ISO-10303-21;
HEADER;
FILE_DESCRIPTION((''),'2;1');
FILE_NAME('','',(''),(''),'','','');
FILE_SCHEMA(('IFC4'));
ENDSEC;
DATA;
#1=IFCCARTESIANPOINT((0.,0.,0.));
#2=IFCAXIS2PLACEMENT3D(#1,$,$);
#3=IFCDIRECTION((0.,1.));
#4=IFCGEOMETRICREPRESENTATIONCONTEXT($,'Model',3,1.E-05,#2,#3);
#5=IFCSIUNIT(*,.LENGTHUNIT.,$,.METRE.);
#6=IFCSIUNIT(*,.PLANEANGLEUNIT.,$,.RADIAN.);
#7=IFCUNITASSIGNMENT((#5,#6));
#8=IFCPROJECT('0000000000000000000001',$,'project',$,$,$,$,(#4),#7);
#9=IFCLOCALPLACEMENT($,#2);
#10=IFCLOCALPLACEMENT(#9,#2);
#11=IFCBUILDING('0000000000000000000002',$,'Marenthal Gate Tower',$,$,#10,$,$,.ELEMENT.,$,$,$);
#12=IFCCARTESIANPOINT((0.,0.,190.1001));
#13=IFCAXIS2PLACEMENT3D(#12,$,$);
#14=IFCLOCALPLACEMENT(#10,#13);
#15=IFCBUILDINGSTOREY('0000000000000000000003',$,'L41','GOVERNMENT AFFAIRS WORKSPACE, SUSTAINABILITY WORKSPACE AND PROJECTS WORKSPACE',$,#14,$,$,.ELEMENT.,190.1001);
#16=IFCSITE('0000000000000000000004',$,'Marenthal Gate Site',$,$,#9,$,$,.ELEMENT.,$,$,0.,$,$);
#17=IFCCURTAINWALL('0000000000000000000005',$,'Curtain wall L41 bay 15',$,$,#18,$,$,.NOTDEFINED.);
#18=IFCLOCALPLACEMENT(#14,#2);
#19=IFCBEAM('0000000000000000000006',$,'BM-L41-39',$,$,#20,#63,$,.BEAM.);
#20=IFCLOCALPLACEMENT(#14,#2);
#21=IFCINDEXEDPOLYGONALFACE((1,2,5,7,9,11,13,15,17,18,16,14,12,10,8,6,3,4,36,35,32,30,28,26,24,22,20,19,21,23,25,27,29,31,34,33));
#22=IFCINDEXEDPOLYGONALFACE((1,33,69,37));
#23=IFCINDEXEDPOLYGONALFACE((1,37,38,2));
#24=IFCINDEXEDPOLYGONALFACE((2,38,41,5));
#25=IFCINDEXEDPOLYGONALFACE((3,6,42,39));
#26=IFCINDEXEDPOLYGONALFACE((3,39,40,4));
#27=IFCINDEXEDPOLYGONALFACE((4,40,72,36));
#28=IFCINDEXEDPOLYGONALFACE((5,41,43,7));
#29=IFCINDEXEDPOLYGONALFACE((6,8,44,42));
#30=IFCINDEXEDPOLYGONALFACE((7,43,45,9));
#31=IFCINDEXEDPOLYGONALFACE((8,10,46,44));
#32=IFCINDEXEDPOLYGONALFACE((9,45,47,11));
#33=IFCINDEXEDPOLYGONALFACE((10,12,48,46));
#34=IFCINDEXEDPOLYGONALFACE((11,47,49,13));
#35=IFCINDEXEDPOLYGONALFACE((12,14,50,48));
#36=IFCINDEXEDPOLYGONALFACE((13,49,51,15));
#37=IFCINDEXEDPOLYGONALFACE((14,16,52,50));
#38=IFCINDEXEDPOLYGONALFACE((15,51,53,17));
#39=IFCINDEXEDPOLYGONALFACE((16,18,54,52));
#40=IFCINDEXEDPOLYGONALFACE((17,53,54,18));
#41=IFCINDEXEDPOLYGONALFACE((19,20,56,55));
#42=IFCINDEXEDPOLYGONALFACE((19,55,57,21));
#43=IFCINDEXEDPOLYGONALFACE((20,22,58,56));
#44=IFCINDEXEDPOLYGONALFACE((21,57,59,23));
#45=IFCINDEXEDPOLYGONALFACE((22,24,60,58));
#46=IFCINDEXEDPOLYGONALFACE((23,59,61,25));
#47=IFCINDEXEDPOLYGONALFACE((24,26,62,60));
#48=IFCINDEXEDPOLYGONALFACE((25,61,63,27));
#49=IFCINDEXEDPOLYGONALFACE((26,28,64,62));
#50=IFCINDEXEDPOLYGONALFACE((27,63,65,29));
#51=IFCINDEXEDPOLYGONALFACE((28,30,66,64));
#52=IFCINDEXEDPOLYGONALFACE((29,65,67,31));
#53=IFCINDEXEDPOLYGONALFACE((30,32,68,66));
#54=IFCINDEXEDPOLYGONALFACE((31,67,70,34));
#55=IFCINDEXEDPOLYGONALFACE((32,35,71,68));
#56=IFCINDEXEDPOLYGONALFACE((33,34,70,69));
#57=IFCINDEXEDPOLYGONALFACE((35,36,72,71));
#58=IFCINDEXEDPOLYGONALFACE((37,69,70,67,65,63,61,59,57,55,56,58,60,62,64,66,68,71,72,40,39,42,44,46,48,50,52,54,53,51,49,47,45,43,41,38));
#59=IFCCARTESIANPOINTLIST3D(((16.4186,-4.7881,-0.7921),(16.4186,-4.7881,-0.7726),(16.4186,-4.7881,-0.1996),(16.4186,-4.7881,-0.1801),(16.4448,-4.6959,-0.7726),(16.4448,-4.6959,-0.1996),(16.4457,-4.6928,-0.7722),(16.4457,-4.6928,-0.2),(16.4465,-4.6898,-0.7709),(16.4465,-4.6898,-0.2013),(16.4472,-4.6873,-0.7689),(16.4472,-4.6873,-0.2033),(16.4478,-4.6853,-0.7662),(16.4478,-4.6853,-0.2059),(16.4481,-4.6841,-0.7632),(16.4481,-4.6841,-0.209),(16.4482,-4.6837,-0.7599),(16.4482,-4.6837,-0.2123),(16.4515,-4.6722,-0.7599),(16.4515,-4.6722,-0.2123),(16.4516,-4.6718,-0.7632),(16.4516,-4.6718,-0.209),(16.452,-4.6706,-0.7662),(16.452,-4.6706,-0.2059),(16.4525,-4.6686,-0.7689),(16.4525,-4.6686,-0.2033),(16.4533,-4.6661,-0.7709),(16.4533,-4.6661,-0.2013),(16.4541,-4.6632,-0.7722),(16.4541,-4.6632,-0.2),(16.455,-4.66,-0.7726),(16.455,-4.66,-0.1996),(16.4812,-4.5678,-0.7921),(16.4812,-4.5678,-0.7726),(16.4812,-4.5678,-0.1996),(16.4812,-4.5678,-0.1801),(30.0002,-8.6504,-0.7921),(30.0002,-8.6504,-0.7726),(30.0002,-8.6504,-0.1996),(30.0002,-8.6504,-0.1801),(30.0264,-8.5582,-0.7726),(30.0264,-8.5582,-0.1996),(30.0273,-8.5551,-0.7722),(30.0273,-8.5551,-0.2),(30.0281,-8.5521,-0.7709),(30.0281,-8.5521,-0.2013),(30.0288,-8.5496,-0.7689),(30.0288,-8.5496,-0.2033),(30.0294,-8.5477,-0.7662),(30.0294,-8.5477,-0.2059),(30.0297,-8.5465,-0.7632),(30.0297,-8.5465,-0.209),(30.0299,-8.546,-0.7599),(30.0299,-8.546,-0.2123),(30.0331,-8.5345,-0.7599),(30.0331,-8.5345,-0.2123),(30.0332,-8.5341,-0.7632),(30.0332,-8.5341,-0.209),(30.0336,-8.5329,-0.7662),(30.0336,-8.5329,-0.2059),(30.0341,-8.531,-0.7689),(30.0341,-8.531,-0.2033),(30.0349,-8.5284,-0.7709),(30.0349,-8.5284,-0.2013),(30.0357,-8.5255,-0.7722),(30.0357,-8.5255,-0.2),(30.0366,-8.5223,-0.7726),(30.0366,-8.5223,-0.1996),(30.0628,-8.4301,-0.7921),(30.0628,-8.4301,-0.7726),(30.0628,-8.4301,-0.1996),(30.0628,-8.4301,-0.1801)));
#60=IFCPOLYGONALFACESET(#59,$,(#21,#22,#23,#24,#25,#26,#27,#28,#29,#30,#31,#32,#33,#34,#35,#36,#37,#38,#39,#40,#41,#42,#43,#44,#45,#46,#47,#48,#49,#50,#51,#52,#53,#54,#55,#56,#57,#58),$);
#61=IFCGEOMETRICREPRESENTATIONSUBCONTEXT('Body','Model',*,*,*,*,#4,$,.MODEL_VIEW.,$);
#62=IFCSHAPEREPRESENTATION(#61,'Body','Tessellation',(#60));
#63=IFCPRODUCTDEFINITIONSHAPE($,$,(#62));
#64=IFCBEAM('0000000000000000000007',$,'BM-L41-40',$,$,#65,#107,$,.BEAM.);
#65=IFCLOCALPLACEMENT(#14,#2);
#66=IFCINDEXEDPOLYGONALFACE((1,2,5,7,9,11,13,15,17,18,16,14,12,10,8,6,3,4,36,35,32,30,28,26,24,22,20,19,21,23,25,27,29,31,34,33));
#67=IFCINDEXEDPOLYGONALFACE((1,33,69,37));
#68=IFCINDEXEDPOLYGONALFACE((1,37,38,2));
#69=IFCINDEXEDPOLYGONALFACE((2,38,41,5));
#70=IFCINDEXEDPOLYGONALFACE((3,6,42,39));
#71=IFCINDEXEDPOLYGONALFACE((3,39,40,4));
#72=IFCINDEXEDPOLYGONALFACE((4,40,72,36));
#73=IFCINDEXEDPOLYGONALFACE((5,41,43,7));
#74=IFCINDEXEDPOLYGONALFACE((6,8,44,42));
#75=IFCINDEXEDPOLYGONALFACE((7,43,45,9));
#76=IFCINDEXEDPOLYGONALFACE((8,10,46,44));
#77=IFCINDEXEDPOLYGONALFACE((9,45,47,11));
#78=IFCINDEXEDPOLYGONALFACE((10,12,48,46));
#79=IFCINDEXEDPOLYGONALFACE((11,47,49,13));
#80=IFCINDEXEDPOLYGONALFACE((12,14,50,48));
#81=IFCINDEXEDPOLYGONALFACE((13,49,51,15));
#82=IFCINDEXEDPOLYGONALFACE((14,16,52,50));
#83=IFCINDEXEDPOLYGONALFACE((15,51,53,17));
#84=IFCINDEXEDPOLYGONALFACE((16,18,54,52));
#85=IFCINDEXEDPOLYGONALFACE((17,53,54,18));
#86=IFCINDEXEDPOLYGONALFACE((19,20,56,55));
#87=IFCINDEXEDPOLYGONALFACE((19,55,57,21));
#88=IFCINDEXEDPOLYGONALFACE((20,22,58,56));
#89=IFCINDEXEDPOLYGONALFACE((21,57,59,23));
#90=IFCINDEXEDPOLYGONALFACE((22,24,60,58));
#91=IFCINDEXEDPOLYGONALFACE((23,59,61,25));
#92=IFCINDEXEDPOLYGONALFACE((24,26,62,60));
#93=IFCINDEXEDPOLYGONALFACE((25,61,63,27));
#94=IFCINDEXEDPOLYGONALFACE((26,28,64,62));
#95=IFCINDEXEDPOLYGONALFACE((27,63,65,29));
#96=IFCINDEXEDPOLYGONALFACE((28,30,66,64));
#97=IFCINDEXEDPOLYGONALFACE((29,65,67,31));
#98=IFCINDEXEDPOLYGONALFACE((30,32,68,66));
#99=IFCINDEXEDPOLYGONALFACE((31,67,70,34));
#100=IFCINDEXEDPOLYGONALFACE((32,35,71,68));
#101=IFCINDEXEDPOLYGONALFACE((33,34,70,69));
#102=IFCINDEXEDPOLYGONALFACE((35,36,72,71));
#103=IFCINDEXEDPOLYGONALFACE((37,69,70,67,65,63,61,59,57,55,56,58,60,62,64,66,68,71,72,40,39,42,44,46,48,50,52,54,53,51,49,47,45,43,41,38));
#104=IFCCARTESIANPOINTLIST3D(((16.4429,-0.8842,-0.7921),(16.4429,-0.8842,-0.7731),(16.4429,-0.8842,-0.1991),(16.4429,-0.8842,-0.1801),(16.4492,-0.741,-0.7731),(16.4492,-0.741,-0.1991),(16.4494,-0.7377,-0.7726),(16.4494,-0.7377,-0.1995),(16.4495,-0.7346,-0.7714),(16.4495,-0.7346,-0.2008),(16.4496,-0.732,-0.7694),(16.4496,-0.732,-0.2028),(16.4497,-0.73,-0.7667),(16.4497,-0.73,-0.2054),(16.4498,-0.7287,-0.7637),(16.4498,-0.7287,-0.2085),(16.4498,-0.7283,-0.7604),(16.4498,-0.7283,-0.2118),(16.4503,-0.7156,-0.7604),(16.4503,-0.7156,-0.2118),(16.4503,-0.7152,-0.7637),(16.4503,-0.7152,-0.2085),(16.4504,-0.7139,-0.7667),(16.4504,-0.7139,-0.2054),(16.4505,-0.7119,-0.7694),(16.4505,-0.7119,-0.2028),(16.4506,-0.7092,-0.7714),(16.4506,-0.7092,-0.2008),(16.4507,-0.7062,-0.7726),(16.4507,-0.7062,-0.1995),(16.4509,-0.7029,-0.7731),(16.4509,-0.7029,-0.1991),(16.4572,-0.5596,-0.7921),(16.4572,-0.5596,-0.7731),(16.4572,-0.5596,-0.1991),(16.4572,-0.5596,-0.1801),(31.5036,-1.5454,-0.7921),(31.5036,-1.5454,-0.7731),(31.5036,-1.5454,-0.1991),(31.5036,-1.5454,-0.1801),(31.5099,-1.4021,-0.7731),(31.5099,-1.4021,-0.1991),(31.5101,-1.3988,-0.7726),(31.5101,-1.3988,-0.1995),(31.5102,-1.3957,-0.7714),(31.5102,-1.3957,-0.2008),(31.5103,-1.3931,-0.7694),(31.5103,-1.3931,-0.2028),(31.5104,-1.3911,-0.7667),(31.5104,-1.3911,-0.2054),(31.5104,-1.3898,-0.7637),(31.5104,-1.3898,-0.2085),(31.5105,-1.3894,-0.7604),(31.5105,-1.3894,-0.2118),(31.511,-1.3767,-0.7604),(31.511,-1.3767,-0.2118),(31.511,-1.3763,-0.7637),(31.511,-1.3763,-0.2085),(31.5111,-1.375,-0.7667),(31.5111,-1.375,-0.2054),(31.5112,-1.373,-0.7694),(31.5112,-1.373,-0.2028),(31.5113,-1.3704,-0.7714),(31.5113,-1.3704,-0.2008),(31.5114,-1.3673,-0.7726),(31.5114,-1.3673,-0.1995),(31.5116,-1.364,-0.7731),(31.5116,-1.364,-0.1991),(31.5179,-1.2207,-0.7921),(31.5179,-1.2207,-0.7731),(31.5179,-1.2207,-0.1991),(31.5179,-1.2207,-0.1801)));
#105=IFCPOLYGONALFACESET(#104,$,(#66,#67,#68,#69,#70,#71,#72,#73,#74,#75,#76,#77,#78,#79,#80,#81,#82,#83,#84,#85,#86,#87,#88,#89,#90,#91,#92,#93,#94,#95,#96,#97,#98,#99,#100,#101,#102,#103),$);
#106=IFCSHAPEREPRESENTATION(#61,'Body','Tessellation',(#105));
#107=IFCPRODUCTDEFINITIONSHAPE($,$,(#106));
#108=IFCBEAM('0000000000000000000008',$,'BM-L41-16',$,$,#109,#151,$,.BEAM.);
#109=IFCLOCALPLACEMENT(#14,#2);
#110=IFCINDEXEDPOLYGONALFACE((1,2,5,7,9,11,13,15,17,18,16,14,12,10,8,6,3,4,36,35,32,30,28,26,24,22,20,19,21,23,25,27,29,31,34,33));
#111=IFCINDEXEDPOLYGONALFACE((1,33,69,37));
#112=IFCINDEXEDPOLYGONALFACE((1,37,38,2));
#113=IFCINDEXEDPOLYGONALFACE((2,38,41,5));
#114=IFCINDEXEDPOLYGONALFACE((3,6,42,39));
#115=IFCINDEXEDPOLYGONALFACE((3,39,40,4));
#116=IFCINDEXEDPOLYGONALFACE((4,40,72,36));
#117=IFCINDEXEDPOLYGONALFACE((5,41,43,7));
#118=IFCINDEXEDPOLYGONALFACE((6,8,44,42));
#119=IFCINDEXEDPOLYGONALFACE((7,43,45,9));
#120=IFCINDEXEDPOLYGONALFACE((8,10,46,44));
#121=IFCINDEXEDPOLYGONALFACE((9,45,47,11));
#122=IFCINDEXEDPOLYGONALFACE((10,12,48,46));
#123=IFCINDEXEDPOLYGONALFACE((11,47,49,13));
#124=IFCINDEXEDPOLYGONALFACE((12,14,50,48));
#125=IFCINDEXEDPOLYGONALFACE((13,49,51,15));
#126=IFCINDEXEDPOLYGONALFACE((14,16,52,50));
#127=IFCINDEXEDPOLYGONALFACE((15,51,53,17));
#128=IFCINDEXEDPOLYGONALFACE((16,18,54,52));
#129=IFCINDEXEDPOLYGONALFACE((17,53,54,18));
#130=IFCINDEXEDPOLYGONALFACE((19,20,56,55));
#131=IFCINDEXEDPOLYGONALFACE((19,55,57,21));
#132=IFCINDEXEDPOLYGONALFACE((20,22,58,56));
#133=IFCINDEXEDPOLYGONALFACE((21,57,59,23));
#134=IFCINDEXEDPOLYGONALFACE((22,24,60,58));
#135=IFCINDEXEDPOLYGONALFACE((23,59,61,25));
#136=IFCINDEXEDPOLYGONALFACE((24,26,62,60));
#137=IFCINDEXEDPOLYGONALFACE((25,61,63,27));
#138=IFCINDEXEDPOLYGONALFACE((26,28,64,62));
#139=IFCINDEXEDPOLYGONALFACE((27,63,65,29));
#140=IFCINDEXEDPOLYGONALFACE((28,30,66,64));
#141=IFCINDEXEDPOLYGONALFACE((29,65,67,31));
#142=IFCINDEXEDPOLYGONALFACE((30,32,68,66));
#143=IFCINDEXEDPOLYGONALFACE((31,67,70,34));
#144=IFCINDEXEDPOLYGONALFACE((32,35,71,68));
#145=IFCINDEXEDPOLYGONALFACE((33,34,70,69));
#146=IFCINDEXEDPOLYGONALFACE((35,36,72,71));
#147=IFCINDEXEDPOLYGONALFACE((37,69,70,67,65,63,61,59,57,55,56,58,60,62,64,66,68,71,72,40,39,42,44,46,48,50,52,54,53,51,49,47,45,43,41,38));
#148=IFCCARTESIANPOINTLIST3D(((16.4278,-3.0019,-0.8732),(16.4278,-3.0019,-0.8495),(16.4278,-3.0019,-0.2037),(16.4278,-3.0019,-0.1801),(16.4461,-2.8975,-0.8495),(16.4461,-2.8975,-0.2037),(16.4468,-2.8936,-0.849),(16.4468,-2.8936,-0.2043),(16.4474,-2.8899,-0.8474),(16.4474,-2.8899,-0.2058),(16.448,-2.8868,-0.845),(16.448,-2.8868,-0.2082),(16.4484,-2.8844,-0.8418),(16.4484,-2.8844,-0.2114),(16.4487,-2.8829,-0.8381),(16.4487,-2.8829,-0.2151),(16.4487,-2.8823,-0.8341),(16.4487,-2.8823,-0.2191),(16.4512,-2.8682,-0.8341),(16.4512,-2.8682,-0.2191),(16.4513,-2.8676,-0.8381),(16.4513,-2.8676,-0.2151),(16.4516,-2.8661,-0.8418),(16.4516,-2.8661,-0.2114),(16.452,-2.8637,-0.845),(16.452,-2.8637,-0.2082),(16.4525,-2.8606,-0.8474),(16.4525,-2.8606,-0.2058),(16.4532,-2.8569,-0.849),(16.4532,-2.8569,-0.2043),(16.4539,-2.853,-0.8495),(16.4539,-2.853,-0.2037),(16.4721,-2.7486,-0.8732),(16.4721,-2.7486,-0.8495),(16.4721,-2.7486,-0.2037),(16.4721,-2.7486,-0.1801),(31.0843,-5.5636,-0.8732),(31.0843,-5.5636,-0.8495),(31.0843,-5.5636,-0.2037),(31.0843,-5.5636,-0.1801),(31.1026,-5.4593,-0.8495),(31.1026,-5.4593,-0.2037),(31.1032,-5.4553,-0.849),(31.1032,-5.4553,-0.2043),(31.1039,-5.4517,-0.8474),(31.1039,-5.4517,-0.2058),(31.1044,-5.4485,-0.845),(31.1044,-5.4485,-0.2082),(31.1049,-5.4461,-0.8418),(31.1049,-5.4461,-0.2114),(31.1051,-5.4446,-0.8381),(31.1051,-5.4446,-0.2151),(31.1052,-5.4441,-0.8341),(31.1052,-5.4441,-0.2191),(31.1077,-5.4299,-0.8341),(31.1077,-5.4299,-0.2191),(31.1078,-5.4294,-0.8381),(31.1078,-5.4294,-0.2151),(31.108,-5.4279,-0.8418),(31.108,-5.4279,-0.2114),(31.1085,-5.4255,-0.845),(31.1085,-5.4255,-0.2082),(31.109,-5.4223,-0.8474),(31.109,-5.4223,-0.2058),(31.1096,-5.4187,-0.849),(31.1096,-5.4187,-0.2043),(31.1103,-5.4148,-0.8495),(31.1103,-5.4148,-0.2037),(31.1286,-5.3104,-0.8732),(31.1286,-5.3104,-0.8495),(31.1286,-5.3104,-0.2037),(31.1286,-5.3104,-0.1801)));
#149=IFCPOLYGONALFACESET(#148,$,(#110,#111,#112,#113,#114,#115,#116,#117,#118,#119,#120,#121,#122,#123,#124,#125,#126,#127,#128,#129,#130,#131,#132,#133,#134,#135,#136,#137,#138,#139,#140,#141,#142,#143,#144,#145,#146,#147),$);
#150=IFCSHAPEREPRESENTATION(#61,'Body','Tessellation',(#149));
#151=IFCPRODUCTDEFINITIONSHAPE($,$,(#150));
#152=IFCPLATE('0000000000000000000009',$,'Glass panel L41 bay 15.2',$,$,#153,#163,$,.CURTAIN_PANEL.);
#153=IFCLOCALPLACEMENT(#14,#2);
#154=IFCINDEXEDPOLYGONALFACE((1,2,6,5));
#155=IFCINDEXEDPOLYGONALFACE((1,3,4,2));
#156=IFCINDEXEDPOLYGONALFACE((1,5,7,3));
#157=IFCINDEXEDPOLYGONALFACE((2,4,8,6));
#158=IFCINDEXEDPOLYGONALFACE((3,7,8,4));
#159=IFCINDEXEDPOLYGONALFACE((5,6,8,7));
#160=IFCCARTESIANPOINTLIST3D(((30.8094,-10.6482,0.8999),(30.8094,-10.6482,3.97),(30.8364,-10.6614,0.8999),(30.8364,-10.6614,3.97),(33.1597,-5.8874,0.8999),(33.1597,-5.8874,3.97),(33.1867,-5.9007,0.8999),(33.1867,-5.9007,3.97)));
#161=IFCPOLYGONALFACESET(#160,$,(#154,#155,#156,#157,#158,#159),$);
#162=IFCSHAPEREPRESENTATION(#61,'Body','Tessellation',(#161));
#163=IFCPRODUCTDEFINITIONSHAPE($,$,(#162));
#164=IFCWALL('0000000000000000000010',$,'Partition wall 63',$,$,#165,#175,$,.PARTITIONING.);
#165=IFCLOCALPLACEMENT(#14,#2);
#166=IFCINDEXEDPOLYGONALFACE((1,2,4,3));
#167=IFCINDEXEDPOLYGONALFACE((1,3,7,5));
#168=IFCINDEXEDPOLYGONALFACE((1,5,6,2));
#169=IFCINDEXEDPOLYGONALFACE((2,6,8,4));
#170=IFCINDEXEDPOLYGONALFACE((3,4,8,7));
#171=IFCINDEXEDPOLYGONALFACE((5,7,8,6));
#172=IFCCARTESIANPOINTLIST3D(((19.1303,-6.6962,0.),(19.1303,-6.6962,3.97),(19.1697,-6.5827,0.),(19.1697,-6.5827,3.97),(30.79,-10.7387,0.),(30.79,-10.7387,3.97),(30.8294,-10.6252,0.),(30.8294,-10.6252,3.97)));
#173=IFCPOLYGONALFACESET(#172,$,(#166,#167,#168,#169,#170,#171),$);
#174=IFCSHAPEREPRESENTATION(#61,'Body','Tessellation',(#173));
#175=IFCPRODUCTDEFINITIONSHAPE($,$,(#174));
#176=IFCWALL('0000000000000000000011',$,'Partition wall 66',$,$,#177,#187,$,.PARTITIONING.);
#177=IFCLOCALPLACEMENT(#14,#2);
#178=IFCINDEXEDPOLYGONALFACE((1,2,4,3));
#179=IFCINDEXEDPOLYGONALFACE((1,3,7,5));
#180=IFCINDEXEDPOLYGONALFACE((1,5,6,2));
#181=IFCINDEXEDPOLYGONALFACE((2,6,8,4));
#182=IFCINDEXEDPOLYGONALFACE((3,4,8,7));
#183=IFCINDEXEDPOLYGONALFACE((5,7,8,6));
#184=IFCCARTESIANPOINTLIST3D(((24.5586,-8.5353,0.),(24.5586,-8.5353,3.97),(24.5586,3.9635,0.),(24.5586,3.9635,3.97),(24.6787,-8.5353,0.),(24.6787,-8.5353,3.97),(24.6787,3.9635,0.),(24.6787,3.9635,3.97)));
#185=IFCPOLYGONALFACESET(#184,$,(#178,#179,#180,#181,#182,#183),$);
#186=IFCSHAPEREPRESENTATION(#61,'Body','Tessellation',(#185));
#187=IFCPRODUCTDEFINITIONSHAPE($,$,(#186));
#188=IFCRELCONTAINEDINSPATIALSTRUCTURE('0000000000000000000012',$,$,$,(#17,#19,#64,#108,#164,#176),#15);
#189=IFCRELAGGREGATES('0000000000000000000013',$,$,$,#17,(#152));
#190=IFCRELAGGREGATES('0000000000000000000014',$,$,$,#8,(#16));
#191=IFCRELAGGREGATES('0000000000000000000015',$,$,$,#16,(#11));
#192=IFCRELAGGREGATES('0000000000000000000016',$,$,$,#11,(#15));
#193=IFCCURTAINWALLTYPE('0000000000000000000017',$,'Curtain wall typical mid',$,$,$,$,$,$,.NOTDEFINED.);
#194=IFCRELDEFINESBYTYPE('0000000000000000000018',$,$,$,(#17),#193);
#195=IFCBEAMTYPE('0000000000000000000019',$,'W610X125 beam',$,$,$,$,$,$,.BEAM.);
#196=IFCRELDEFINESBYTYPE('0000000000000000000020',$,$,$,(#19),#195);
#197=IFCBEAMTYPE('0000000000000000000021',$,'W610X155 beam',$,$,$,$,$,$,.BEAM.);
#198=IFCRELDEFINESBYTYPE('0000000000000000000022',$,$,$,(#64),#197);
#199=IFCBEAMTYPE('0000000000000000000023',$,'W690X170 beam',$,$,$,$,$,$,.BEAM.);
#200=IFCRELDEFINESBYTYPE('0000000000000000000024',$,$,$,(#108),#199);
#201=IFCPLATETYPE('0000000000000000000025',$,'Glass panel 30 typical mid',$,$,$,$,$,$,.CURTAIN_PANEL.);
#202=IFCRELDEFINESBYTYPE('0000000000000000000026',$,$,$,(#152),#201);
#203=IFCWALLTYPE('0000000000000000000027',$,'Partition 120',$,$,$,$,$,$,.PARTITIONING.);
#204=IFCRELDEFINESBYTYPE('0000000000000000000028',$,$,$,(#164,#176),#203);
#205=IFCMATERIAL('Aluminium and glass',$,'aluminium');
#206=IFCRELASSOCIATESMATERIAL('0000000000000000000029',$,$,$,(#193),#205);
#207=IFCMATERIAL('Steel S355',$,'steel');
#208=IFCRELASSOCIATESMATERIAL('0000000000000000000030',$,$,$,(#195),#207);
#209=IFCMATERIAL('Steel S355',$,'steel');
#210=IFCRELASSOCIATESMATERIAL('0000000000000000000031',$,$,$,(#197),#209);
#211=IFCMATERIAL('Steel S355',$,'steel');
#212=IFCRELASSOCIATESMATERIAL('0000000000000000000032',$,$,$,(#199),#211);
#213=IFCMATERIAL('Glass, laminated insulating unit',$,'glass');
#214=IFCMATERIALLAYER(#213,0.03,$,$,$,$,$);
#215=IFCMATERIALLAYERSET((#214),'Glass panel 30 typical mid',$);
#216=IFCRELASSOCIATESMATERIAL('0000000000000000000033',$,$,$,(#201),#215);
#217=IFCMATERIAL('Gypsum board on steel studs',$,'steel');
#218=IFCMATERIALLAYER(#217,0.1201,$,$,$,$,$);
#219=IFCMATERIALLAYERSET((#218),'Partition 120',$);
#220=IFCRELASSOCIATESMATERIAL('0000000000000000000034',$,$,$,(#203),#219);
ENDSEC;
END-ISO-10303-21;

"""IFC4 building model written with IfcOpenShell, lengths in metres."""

from ifc_helpers import new_model, si_unit, direction, frame, frame_2d, origin, origin_2d, place, context, subcontext, project, spatial, rectangle, i_section, extrude, material, layer, layer_set, material_profile, profile_set, type_object, element, aggregate, save


model = new_model("IFC4")

# Units and contexts
model_context = context("Model", 3, precision=1e-05, world=origin(), true_north=direction((0.0, 1.0)))
body_context = subcontext(model_context, "Body", "Model", "MODEL_VIEW")
ifc_project = project(units=[si_unit("LENGTHUNIT", "METRE"), si_unit("PLANEANGLEUNIT", "RADIAN")], contexts=[model_context])

# Site, building, storey
site_placement = place(None, origin())
site = spatial("IfcSite", under=ifc_project, at=site_placement, Name="Marenthal Gate Site", CompositionType="ELEMENT", RefElevation=0.0)
building_placement = place(site_placement, origin())
building = spatial("IfcBuilding", under=site, at=building_placement, Name="Marenthal Gate Tower", CompositionType="ELEMENT")
storey_placement = place(building_placement, frame((0.0, 0.0, 190.1001)))
storey = spatial("IfcBuildingStorey", under=building, at=storey_placement, Name="L41", Description="GOVERNMENT AFFAIRS WORKSPACE, SUSTAINABILITY WORKSPACE AND PROJECTS WORKSPACE", CompositionType="ELEMENT", Elevation=190.1001)

# Curtain wall
ifc_material_1 = material(Name="Aluminium and glass", Category="aluminium")
curtain_wall_type = type_object("IfcCurtainWallType", Name="Curtain wall typical mid", PredefinedType="NOTDEFINED", material=ifc_material_1)
curtain_wall_placement = place(storey_placement, origin())
curtain_wall = element("IfcCurtainWall", 1, at=curtain_wall_placement, inside=storey, type_object=curtain_wall_type, Name="Curtain wall L41 bay 15", PredefinedType="NOTDEFINED")

# Beams
ifc_material_2 = material(Name="Steel S355", Category="steel")
ifc_material_profile_1 = material_profile(ifc_material_2, i_section(OverallWidth=0.229, OverallDepth=0.6121, WebThickness=0.012, FlangeThickness=0.0195, FilletRadius=0.0127, at=origin_2d()), Name="W610X125")
ifc_profile_set_1 = profile_set([ifc_material_profile_1], Name="Steel S355")
beam_type_1 = type_object("IfcBeamType", Name="W610X125 beam", PredefinedType="BEAM", material=ifc_profile_set_1)
beam_1_placement = place(storey_placement, frame((30.0315, -8.5403, -0.4861), z_axis=(-0.961862, 0.273533, 0.0), x_axis=(-0.273533, -0.961862, 0.0)))
element("IfcBeam", 2, at=beam_1_placement, inside=storey, type_object=beam_type_1, Name="BM-L41-39", PredefinedType="BEAM", context=body_context, shape_type="SweptSolid", body=[
    extrude(i_section(OverallWidth=0.229, OverallDepth=0.6121, WebThickness=0.012, FlangeThickness=0.0195, FilletRadius=0.0127, at=origin_2d()), origin(), (0.0, 0.0, 1.0), 14.1201),
])
ifc_material_3 = material(Name="Steel S355", Category="steel")
ifc_material_profile_2 = material_profile(ifc_material_3, i_section(OverallWidth=0.325, OverallDepth=0.6121, WebThickness=0.0127, FlangeThickness=0.019, FilletRadius=0.0127, at=origin_2d()), Name="W610X155")
ifc_profile_set_2 = profile_set([ifc_material_profile_2], Name="Steel S355")
beam_type_2 = type_object("IfcBeamType", Name="W610X155 beam", PredefinedType="BEAM", material=ifc_profile_set_2)
beam_2_placement = place(storey_placement, frame((31.5107, -1.3831, -0.4861), z_axis=(-0.999038, 0.043855, 0.0), x_axis=(-0.043855, -0.999038, 0.0)))
element("IfcBeam", 3, at=beam_2_placement, inside=storey, type_object=beam_type_2, Name="BM-L41-40", PredefinedType="BEAM", context=body_context, shape_type="SweptSolid", body=[
    extrude(i_section(OverallWidth=0.325, OverallDepth=0.6121, WebThickness=0.0127, FlangeThickness=0.019, FilletRadius=0.0127, at=origin_2d()), origin(), (0.0, 0.0, 1.0), 15.0752),
])
ifc_material_4 = material(Name="Steel S355", Category="steel")
ifc_material_profile_3 = material_profile(ifc_material_4, i_section(OverallWidth=0.2571, OverallDepth=0.6931, WebThickness=0.0144, FlangeThickness=0.0237, FilletRadius=0.0154, at=origin_2d()), Name="W690X170")
ifc_profile_set_3 = profile_set([ifc_material_profile_3], Name="Steel S355")
beam_type_3 = type_object("IfcBeamType", Name="W690X170 beam", PredefinedType="BEAM", material=ifc_profile_set_3)
beam_3_placement = place(storey_placement, frame((31.1064, -5.437, -0.5266), z_axis=(-0.985066, 0.172177, 0.0), x_axis=(-0.172177, -0.985066, 0.0)))
element("IfcBeam", 4, at=beam_3_placement, inside=storey, type_object=beam_type_3, Name="BM-L41-16", PredefinedType="BEAM", context=body_context, shape_type="SweptSolid", body=[
    extrude(i_section(OverallWidth=0.2571, OverallDepth=0.6931, WebThickness=0.0144, FlangeThickness=0.0237, FilletRadius=0.0154, at=origin_2d()), origin(), (0.0, 0.0, 1.0), 14.8787),
])

# Plate
ifc_material_5 = material(Name="Glass, laminated insulating unit", Category="glass")
ifc_layer_1 = layer(ifc_material_5, 0.03)
ifc_layer_set_1 = layer_set([ifc_layer_1], Name="Glass panel 30 typical mid")
plate_type = type_object("IfcPlateType", Name="Glass panel 30 typical mid", PredefinedType="CURTAIN_PANEL", material=ifc_layer_set_1)
plate_placement = place(storey_placement, frame((31.998, -8.2744, 0.8999), z_axis=(0.0, 0.0, 1.0), x_axis=(0.442678, 0.896681, 0.0)))
plate = element("IfcPlate", 5, at=plate_placement, type_object=plate_type, Name="Glass panel L41 bay 15.2", PredefinedType="CURTAIN_PANEL", context=body_context, shape_type="SweptSolid", body=[
    extrude(rectangle(XDim=5.3093, YDim=0.03, at=origin_2d()), origin(), (0.0, 0.0, 1.0), 3.0701),
])
aggregate(curtain_wall, [plate])

# Walls
ifc_material_6 = material(Name="Gypsum board on steel studs", Category="steel")
ifc_layer_2 = layer(ifc_material_6, 0.1201)
ifc_layer_set_2 = layer_set([ifc_layer_2], Name="Partition 120")
wall_type_1 = type_object("IfcWallType", Name="Partition 120", PredefinedType="PARTITIONING", material=ifc_layer_set_2)
wall_1_placement = place(storey_placement, frame((19.1499, -6.6394, 0.0), z_axis=(0.0, 0.0, 1.0), x_axis=(0.944825, -0.327577, 0.0)))
element("IfcWall", 6, at=wall_1_placement, inside=storey, type_object=wall_type_1, Name="Partition wall 63", PredefinedType="PARTITIONING", context=body_context, shape_type="SweptSolid", body=[
    extrude(rectangle(XDim=12.3406, YDim=0.1201, at=frame_2d((6.1704, 0.0))), origin(), (0.0, 0.0, 1.0), 3.97),
])
wall_2_placement = place(storey_placement, frame((24.6187, -8.5354, 0.0), z_axis=(0.0, 0.0, 1.0), x_axis=(0.0, 1.0, 0.0)))
element("IfcWall", 7, at=wall_2_placement, inside=storey, type_object=wall_type_1, Name="Partition wall 66", PredefinedType="PARTITIONING", context=body_context, shape_type="SweptSolid", body=[
    extrude(rectangle(XDim=12.4988, YDim=0.1201, at=frame_2d((6.2495, 0.0))), origin(), (0.0, 0.0, 1.0), 3.97),
])

save(model, "model.ifc")
